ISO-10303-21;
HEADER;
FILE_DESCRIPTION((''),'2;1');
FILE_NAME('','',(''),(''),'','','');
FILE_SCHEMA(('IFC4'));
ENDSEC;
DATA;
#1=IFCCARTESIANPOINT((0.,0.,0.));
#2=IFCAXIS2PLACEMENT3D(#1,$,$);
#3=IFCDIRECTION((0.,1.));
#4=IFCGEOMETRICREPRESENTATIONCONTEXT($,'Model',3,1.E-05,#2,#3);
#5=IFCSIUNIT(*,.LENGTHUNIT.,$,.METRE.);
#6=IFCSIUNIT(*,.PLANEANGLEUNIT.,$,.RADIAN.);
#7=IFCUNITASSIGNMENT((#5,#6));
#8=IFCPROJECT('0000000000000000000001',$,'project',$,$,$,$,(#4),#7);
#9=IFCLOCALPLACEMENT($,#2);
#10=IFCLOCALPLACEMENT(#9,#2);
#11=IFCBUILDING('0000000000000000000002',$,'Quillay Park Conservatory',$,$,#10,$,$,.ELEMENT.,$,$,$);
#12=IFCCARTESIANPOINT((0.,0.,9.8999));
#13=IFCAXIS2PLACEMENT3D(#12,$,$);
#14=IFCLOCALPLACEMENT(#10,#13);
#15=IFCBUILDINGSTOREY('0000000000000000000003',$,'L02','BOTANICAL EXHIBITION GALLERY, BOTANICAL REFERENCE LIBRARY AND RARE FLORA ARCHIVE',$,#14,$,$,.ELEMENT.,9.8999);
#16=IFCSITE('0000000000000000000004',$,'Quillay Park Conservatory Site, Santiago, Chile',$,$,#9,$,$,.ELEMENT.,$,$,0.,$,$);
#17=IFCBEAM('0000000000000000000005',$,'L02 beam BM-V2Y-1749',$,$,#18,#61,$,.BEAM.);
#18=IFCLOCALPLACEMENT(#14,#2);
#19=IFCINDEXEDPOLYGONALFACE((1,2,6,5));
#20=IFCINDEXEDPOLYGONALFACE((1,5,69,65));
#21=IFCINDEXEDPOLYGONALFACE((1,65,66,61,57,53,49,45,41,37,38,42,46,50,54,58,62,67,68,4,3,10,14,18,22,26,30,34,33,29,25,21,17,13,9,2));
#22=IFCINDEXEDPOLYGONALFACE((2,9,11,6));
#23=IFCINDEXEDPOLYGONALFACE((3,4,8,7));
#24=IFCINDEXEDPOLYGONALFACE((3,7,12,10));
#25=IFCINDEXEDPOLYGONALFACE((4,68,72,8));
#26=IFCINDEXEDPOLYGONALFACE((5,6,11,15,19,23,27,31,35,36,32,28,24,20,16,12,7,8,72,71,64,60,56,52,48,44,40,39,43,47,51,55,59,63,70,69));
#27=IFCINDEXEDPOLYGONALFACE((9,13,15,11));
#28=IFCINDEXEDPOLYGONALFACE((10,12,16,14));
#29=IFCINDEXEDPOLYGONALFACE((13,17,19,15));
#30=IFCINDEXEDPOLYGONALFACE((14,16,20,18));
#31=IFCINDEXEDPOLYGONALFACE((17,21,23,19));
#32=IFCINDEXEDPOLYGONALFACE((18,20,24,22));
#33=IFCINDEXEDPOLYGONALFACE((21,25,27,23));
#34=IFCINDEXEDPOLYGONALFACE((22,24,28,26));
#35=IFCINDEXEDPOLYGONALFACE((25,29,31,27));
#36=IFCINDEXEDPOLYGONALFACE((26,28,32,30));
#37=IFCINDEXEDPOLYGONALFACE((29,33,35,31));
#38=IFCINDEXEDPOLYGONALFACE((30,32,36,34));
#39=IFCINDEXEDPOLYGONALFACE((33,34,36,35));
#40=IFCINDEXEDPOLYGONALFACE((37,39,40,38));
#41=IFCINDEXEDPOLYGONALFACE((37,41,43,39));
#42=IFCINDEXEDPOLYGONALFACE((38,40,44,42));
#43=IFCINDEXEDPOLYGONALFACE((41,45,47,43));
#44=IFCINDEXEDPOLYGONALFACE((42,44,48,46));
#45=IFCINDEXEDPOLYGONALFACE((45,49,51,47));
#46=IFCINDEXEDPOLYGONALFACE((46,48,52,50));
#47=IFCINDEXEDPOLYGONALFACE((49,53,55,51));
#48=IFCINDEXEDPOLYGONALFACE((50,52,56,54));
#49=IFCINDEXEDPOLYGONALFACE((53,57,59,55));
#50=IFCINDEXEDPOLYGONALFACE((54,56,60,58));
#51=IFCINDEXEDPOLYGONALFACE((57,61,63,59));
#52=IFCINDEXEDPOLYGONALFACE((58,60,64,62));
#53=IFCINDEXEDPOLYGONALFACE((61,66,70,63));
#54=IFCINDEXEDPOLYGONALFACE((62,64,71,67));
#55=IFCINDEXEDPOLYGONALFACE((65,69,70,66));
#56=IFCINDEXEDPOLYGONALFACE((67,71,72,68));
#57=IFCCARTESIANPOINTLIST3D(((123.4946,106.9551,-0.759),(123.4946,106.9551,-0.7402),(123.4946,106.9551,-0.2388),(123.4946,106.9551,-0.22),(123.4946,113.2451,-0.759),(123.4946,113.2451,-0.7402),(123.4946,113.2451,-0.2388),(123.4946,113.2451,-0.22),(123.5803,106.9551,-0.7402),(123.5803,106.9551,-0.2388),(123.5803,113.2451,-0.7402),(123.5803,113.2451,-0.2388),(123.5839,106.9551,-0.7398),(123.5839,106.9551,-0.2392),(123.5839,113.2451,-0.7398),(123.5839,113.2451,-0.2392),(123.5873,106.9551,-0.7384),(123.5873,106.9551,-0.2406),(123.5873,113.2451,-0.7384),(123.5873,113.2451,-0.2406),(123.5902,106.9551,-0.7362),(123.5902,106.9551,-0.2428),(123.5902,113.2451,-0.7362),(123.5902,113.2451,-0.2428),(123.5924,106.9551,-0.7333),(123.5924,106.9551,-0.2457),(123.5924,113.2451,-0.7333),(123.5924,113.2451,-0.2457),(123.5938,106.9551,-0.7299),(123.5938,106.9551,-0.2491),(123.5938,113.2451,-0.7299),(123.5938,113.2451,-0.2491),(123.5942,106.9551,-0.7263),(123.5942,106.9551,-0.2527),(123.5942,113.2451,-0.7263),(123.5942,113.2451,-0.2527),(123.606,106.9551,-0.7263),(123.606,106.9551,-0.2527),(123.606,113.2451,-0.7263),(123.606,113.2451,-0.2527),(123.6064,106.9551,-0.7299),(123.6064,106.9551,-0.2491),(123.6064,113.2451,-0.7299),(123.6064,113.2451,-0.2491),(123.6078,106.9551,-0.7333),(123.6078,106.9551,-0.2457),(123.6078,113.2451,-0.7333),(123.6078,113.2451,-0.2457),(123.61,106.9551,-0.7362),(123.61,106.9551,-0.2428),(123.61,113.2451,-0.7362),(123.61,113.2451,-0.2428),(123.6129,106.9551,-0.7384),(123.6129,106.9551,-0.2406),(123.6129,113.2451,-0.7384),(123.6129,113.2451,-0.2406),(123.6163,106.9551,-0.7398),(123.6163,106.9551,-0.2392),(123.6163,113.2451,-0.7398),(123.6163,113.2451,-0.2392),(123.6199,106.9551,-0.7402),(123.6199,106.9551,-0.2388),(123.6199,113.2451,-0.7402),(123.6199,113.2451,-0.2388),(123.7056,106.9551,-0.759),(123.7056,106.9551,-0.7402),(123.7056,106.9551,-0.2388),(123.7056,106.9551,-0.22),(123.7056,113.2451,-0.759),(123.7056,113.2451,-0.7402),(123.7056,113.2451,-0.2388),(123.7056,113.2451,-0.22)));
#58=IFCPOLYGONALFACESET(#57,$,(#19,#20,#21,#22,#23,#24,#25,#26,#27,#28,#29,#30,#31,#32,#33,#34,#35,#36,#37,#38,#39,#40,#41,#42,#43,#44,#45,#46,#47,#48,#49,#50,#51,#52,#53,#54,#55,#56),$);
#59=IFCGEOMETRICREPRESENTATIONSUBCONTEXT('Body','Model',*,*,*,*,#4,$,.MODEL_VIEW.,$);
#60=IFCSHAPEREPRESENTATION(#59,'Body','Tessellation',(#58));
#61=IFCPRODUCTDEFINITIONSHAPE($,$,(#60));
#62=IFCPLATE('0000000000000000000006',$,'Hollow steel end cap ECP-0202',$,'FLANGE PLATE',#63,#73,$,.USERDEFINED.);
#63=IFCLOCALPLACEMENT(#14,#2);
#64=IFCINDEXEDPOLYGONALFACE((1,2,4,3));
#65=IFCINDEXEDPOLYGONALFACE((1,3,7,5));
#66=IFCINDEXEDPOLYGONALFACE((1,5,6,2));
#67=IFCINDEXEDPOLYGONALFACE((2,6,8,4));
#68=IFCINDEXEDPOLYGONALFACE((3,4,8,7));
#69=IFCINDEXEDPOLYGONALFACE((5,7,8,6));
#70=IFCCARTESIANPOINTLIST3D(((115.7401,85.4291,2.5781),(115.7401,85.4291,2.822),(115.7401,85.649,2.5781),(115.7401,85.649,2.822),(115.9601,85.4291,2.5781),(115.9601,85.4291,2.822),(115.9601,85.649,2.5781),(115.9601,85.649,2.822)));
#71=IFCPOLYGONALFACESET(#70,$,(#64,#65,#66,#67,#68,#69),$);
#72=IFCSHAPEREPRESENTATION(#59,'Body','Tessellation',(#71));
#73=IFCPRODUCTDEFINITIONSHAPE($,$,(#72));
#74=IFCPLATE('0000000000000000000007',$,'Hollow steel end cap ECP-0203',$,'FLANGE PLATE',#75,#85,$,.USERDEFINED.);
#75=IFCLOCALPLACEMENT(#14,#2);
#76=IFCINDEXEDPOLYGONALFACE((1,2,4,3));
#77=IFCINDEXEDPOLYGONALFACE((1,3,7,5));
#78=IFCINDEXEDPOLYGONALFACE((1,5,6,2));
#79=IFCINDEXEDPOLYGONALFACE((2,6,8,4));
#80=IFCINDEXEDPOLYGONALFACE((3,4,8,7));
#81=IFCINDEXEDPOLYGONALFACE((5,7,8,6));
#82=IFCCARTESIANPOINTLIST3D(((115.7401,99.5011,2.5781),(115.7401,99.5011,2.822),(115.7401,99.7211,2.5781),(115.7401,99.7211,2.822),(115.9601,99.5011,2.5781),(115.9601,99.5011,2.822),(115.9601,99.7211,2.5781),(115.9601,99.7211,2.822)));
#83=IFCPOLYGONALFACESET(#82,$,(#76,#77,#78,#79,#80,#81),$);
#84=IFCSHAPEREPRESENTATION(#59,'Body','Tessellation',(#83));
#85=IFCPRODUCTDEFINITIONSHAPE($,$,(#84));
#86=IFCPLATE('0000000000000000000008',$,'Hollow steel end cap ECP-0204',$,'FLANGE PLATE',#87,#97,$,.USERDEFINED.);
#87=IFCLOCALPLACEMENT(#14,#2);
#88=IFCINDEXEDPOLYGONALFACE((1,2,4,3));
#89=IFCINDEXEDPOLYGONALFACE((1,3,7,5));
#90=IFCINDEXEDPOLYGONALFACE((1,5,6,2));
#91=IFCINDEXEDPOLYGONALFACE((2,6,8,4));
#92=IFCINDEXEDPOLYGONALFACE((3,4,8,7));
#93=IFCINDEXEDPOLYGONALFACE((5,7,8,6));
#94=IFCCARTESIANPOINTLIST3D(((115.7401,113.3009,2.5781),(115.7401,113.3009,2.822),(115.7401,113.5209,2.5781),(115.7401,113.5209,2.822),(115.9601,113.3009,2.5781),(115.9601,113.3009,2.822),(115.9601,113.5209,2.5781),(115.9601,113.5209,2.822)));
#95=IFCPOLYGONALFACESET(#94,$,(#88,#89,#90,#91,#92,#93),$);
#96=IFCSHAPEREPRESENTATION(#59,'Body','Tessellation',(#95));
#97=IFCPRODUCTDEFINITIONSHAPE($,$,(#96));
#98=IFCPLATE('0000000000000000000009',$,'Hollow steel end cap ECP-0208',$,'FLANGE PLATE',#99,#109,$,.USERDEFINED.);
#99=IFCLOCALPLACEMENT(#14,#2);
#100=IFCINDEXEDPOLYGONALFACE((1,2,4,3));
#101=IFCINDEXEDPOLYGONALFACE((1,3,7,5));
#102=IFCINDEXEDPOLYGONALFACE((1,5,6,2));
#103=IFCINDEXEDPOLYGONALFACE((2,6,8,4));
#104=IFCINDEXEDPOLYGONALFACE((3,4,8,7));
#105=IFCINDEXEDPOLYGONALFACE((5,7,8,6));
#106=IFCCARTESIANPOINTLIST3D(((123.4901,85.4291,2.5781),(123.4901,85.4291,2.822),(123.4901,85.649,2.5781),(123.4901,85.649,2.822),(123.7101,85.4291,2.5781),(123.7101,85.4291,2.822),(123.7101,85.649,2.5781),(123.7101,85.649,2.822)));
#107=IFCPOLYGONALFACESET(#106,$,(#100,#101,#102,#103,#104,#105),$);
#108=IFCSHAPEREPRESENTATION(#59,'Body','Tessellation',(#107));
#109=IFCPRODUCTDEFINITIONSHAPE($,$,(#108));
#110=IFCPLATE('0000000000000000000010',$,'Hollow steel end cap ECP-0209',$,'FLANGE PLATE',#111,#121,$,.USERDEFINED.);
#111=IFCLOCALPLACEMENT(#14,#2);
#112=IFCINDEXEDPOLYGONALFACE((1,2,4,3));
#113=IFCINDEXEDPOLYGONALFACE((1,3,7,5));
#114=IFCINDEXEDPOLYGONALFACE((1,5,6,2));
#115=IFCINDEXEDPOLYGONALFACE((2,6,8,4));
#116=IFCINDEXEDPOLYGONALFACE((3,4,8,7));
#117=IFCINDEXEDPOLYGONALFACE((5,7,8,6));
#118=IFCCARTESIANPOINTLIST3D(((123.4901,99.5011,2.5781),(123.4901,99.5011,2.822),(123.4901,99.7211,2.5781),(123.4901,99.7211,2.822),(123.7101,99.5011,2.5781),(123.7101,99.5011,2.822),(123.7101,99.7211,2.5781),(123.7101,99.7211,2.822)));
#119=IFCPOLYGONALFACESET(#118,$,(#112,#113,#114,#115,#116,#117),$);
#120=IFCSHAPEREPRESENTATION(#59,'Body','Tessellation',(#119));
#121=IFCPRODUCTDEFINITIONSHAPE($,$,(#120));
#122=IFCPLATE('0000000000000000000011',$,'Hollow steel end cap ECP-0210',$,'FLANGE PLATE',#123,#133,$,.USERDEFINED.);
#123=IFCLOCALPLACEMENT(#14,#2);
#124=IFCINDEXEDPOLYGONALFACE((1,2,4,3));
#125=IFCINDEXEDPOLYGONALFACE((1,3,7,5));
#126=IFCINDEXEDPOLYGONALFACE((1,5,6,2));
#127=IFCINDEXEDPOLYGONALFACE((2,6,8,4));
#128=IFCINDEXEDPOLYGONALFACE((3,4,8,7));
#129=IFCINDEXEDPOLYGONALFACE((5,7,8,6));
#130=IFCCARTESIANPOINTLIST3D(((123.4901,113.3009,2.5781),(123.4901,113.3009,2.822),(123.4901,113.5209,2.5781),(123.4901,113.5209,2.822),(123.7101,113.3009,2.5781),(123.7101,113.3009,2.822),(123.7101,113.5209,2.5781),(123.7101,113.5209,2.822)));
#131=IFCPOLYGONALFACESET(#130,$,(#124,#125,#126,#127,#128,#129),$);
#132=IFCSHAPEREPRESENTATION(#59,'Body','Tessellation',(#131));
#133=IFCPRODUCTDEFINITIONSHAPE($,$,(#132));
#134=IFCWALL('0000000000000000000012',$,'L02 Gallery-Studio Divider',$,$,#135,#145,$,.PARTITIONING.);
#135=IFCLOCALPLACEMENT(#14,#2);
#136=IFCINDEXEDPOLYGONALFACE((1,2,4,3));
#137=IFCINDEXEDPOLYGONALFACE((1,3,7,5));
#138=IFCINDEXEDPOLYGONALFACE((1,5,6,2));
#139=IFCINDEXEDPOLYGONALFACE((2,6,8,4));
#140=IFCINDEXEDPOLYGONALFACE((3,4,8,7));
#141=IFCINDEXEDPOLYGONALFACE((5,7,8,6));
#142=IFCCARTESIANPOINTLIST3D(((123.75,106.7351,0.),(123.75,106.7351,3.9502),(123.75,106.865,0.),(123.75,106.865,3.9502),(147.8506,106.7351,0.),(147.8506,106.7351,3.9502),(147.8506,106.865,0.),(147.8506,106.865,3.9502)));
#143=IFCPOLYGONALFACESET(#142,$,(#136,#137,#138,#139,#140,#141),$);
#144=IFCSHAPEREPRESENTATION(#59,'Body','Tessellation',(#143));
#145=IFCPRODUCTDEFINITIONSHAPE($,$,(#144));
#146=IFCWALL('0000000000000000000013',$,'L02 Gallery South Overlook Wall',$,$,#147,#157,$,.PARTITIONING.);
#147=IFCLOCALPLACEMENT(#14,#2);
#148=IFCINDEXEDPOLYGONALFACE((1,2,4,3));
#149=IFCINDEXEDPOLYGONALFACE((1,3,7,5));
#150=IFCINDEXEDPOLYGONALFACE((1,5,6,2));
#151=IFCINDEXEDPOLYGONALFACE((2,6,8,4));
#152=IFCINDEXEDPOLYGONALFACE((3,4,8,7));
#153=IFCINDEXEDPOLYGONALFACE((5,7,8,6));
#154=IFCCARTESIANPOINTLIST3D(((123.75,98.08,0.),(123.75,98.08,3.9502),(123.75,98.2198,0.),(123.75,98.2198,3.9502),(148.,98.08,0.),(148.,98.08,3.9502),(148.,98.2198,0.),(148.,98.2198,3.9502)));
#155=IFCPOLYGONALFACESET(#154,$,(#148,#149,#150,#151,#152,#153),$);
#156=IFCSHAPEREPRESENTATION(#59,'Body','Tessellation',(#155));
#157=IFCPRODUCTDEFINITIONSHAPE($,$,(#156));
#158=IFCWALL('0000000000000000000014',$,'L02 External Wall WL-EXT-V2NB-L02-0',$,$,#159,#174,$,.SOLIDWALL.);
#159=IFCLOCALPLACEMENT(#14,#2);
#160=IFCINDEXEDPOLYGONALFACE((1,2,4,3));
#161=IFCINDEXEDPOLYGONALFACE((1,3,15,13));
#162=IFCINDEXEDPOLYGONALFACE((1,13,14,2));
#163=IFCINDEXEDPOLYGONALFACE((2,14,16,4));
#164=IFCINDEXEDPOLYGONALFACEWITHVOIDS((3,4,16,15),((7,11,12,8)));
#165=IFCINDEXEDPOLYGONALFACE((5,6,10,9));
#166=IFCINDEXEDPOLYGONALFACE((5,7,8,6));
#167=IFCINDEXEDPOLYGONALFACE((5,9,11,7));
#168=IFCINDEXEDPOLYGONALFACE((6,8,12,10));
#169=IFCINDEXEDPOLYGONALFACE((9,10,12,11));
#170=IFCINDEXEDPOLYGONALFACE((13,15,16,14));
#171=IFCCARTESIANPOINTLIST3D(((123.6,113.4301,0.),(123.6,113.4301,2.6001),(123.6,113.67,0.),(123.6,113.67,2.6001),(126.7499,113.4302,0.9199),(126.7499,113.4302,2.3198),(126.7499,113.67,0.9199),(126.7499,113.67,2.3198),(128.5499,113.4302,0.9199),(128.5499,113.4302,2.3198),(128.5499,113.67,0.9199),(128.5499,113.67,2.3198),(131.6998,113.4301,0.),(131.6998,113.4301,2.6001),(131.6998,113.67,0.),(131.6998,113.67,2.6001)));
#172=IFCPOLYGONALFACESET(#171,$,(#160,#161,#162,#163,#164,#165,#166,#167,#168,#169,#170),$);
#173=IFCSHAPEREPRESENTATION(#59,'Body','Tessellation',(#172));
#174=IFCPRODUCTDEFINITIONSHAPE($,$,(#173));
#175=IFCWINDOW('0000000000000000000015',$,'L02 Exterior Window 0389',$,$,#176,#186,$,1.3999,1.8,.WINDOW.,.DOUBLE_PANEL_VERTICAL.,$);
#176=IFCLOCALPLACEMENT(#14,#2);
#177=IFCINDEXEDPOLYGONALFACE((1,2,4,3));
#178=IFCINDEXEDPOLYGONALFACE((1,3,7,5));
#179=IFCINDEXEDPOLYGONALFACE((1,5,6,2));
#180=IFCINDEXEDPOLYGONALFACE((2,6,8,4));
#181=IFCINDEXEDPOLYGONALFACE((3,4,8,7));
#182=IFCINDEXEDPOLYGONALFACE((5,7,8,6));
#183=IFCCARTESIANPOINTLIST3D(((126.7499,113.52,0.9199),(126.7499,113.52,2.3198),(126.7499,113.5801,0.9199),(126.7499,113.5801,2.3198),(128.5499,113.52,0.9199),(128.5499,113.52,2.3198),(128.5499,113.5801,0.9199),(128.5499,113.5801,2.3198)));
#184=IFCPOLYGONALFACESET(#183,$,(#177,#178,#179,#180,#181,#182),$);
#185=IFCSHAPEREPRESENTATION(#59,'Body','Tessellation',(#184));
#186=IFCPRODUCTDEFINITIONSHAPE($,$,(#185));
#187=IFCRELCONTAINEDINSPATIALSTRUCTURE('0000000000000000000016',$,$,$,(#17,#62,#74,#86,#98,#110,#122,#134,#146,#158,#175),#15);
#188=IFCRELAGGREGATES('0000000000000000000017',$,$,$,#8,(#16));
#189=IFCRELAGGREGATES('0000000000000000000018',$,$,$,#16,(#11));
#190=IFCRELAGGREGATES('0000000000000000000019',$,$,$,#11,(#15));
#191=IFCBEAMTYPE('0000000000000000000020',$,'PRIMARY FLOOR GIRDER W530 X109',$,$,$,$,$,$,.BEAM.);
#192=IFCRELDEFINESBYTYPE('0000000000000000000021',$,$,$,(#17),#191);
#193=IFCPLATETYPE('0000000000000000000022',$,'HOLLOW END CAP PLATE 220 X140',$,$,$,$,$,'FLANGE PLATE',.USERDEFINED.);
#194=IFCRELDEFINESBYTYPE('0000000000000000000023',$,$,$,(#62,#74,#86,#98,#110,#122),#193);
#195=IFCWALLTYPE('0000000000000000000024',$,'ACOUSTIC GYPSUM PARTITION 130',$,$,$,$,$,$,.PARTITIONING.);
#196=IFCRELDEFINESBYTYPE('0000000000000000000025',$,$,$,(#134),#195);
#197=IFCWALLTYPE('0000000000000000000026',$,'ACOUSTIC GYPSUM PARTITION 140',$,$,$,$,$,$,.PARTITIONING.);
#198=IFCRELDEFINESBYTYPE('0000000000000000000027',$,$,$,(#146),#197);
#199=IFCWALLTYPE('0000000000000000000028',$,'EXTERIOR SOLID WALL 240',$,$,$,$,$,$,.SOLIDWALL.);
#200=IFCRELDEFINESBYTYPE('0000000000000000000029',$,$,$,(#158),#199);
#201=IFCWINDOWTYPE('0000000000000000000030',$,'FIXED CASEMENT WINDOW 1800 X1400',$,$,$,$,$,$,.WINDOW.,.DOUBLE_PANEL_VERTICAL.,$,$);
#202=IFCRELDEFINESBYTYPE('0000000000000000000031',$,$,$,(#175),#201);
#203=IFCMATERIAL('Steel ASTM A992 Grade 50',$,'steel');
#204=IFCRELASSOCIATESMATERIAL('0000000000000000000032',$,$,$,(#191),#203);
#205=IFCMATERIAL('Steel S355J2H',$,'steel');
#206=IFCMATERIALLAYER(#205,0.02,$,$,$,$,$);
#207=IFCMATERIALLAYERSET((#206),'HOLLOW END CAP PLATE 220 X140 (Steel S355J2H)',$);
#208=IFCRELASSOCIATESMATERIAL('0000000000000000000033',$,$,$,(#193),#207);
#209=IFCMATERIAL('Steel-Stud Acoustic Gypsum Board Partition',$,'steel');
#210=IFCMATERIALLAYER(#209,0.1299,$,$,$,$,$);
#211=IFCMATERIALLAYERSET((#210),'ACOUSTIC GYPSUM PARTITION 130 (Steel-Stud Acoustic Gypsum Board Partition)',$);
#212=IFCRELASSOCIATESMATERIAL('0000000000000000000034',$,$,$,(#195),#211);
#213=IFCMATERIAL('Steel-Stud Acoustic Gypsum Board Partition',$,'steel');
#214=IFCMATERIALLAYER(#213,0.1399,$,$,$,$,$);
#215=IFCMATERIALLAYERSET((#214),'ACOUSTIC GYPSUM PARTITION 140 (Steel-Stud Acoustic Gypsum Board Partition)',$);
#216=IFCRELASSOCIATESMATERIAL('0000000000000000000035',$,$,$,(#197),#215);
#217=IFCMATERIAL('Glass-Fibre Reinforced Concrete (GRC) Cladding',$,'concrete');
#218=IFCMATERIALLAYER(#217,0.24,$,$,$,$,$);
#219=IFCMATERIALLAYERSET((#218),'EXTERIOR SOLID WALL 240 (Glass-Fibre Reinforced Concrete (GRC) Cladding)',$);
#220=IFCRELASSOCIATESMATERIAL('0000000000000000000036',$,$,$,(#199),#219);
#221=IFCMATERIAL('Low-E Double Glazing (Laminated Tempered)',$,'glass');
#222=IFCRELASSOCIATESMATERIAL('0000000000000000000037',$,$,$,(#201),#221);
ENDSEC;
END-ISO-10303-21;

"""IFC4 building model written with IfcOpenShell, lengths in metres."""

from ifc_helpers import new_model, si_unit, direction, frame, frame_2d, origin, origin_2d, place, context, subcontext, project, spatial, rectangle, i_section, extrude, material, layer, layer_set, material_profile, profile_set, type_object, element, fill, save


model = new_model("IFC4")

# Units and contexts
model_context = context("Model", 3, precision=1e-05, world=origin(), true_north=direction((0.0, 1.0)))
body_context = subcontext(model_context, "Body", "Model", "MODEL_VIEW")
ifc_project = project(units=[si_unit("LENGTHUNIT", "METRE"), si_unit("PLANEANGLEUNIT", "RADIAN")], contexts=[model_context])

# Site, building, storey
site_placement = place(None, origin())
site = spatial("IfcSite", under=ifc_project, at=site_placement, Name="Quillay Park Conservatory Site, Santiago, Chile", CompositionType="ELEMENT", RefElevation=0.0)
building_placement = place(site_placement, origin())
building = spatial("IfcBuilding", under=site, at=building_placement, Name="Quillay Park Conservatory", CompositionType="ELEMENT")
storey_placement = place(building_placement, frame((0.0, 0.0, 9.8999)))
storey = spatial("IfcBuildingStorey", under=building, at=storey_placement, Name="L02", Description="BOTANICAL EXHIBITION GALLERY, BOTANICAL REFERENCE LIBRARY AND RARE FLORA ARCHIVE", CompositionType="ELEMENT", Elevation=9.8999)

# Beam
ifc_material_1 = material(Name="Steel ASTM A992 Grade 50", Category="steel")
ifc_material_profile_1 = material_profile(ifc_material_1, i_section(OverallWidth=0.2109, OverallDepth=0.5391, WebThickness=0.0117, FlangeThickness=0.0188, FilletRadius=0.0139, at=origin_2d()), Name="W530x109")
ifc_profile_set_1 = profile_set([ifc_material_profile_1], Name="Steel ASTM A992 Grade 50")
beam_type_1 = type_object("IfcBeamType", Name="PRIMARY FLOOR GIRDER W530 X109", PredefinedType="BEAM", material=ifc_profile_set_1)
beam_1_placement = place(storey_placement, frame((123.6001, 106.9551, -0.4895), z_axis=(0.0, 1.0, 0.0), x_axis=(-1.0, 0.0, 0.0)))
element("IfcBeam", 1, at=beam_1_placement, inside=storey, type_object=beam_type_1, Name="L02 beam BM-V2Y-1749", PredefinedType="BEAM", context=body_context, shape_type="SweptSolid", body=[
    extrude(i_section(OverallWidth=0.2109, OverallDepth=0.5391, WebThickness=0.0117, FlangeThickness=0.0188, FilletRadius=0.0139, at=origin_2d()), origin(), (0.0, 0.0, 1.0), 6.29),
])

# Plates
ifc_material_2 = material(Name="Steel S355J2H", Category="steel")
ifc_layer_1 = layer(ifc_material_2, 0.02)
ifc_layer_set_1 = layer_set([ifc_layer_1], Name="HOLLOW END CAP PLATE 220 X140 (Steel S355J2H)")
plate_type = type_object("IfcPlateType", Name="HOLLOW END CAP PLATE 220 X140", ElementType="FLANGE PLATE", PredefinedType="USERDEFINED", material=ifc_layer_set_1)
for number, where, z_axis, x_axis, name in (
    (2, (115.8501, 85.5391, 2.5781), (0.0, 0.0, 1.0), (1.0, 0.0, 0.0), "Hollow steel end cap ECP-0202"),
    (3, (115.8501, 99.6111, 2.5781), (0.0, 0.0, 1.0), (1.0, 0.0, 0.0), "Hollow steel end cap ECP-0203"),
    (4, (115.8501, 113.4109, 2.5781), (0.0, 0.0, 1.0), (1.0, 0.0, 0.0), "Hollow steel end cap ECP-0204"),
    (5, (123.6001, 85.5391, 2.5781), (0.0, 0.0, 1.0), (1.0, 0.0, 0.0), "Hollow steel end cap ECP-0208"),
    (6, (123.6001, 99.6111, 2.5781), (0.0, 0.0, 1.0), (1.0, 0.0, 0.0), "Hollow steel end cap ECP-0209"),
    (7, (123.6001, 113.4109, 2.5781), (0.0, 0.0, 1.0), (1.0, 0.0, 0.0), "Hollow steel end cap ECP-0210"),
):
    element("IfcPlate", number, at=place(storey_placement, frame(where, z_axis=z_axis, x_axis=x_axis)), inside=storey, type_object=plate_type, Name=name, ObjectType="FLANGE PLATE", PredefinedType="USERDEFINED", context=body_context, shape_type="SweptSolid", body=[
        extrude(rectangle(XDim=0.22, YDim=0.22, at=origin_2d()), origin(), (0.0, 0.0, 1.0), 0.2439),
    ])

# Walls
ifc_material_3 = material(Name="Steel-Stud Acoustic Gypsum Board Partition", Category="steel")
ifc_layer_2 = layer(ifc_material_3, 0.1299)
ifc_layer_set_2 = layer_set([ifc_layer_2], Name="ACOUSTIC GYPSUM PARTITION 130 (Steel-Stud Acoustic Gypsum Board Partition)")
wall_type_1 = type_object("IfcWallType", Name="ACOUSTIC GYPSUM PARTITION 130", PredefinedType="PARTITIONING", material=ifc_layer_set_2)
wall_1_placement = place(storey_placement, frame((123.75, 106.8, 0.0), z_axis=(0.0, 0.0, 1.0), x_axis=(1.0, 0.0, 0.0)))
element("IfcWall", 8, at=wall_1_placement, inside=storey, type_object=wall_type_1, Name="L02 Gallery-Studio Divider", PredefinedType="PARTITIONING", context=body_context, shape_type="SweptSolid", body=[
    extrude(rectangle(XDim=24.1006, YDim=0.1299, at=frame_2d((12.0503, 0.0))), origin(), (0.0, 0.0, 1.0), 3.9502),
])
ifc_material_4 = material(Name="Steel-Stud Acoustic Gypsum Board Partition", Category="steel")
ifc_layer_3 = layer(ifc_material_4, 0.1399)
ifc_layer_set_3 = layer_set([ifc_layer_3], Name="ACOUSTIC GYPSUM PARTITION 140 (Steel-Stud Acoustic Gypsum Board Partition)")
wall_type_2 = type_object("IfcWallType", Name="ACOUSTIC GYPSUM PARTITION 140", PredefinedType="PARTITIONING", material=ifc_layer_set_3)
wall_2_placement = place(storey_placement, frame((123.75, 98.1499, 0.0), z_axis=(0.0, 0.0, 1.0), x_axis=(1.0, 0.0, 0.0)))
element("IfcWall", 9, at=wall_2_placement, inside=storey, type_object=wall_type_2, Name="L02 Gallery South Overlook Wall", PredefinedType="PARTITIONING", context=body_context, shape_type="SweptSolid", body=[
    extrude(rectangle(XDim=24.25, YDim=0.1399, at=frame_2d((12.125, 0.0))), origin(), (0.0, 0.0, 1.0), 3.9502),
])

# Wall, opening, window
ifc_material_5 = material(Name="Glass-Fibre Reinforced Concrete (GRC) Cladding", Category="concrete")
ifc_layer_4 = layer(ifc_material_5, 0.24)
ifc_layer_set_4 = layer_set([ifc_layer_4], Name="EXTERIOR SOLID WALL 240 (Glass-Fibre Reinforced Concrete (GRC) Cladding)")
wall_type_3 = type_object("IfcWallType", Name="EXTERIOR SOLID WALL 240", PredefinedType="SOLIDWALL", material=ifc_layer_set_4)
wall_3_placement = place(storey_placement, frame((123.6001, 113.55, 0.0), z_axis=(0.0, 0.0, 1.0), x_axis=(1.0, 0.0, 0.0)))
wall_3 = element("IfcWall", 10, at=wall_3_placement, inside=storey, type_object=wall_type_3, Name="L02 External Wall WL-EXT-V2NB-L02-0", PredefinedType="SOLIDWALL", context=body_context, shape_type="SweptSolid", body=[
    extrude(rectangle(XDim=8.0999, YDim=0.24, at=frame_2d((4.0498, 0.0))), origin(), (0.0, 0.0, 1.0), 2.6001),
])
opening_1_placement = place(wall_3_placement, frame((3.1499, 0.0, 0.9199)))
opening_1 = element("IfcOpeningElement", 11, at=opening_1_placement, cuts=wall_3, PredefinedType="OPENING", context=body_context, shape_type="SweptSolid", body=[
    extrude(rectangle(XDim=1.8, YDim=1.3999, at=frame_2d((0.8999, 0.7))), frame((0.0, 0.1201, 0.0), z_axis=(0.0, -1.0, 0.0), x_axis=(1.0, 0.0, 0.0)), (0.0, 0.0, 1.0), 0.24),
])
ifc_material_6 = material(Name="Low-E Double Glazing (Laminated Tempered)", Category="glass")
window_type = type_object("IfcWindowType", Name="FIXED CASEMENT WINDOW 1800 X1400", PartitioningType="DOUBLE_PANEL_VERTICAL", PredefinedType="WINDOW", material=ifc_material_6)
window_placement = place(opening_1_placement, origin())
window = element("IfcWindow", 12, at=window_placement, inside=storey, type_object=window_type, Name="L02 Exterior Window 0389", OverallHeight=1.3999, OverallWidth=1.8, PartitioningType="DOUBLE_PANEL_VERTICAL", PredefinedType="WINDOW", context=body_context, shape_type="SweptSolid", body=[
    extrude(rectangle(XDim=1.8, YDim=1.3999, at=frame_2d((0.8999, 0.7))), frame((0.0, 0.03, 0.0), z_axis=(0.0, -1.0, 0.0), x_axis=(1.0, 0.0, 0.0)), (0.0, 0.0, 1.0), 0.0601),
])
fill(opening_1, window)

save(model, "model.ifc")
